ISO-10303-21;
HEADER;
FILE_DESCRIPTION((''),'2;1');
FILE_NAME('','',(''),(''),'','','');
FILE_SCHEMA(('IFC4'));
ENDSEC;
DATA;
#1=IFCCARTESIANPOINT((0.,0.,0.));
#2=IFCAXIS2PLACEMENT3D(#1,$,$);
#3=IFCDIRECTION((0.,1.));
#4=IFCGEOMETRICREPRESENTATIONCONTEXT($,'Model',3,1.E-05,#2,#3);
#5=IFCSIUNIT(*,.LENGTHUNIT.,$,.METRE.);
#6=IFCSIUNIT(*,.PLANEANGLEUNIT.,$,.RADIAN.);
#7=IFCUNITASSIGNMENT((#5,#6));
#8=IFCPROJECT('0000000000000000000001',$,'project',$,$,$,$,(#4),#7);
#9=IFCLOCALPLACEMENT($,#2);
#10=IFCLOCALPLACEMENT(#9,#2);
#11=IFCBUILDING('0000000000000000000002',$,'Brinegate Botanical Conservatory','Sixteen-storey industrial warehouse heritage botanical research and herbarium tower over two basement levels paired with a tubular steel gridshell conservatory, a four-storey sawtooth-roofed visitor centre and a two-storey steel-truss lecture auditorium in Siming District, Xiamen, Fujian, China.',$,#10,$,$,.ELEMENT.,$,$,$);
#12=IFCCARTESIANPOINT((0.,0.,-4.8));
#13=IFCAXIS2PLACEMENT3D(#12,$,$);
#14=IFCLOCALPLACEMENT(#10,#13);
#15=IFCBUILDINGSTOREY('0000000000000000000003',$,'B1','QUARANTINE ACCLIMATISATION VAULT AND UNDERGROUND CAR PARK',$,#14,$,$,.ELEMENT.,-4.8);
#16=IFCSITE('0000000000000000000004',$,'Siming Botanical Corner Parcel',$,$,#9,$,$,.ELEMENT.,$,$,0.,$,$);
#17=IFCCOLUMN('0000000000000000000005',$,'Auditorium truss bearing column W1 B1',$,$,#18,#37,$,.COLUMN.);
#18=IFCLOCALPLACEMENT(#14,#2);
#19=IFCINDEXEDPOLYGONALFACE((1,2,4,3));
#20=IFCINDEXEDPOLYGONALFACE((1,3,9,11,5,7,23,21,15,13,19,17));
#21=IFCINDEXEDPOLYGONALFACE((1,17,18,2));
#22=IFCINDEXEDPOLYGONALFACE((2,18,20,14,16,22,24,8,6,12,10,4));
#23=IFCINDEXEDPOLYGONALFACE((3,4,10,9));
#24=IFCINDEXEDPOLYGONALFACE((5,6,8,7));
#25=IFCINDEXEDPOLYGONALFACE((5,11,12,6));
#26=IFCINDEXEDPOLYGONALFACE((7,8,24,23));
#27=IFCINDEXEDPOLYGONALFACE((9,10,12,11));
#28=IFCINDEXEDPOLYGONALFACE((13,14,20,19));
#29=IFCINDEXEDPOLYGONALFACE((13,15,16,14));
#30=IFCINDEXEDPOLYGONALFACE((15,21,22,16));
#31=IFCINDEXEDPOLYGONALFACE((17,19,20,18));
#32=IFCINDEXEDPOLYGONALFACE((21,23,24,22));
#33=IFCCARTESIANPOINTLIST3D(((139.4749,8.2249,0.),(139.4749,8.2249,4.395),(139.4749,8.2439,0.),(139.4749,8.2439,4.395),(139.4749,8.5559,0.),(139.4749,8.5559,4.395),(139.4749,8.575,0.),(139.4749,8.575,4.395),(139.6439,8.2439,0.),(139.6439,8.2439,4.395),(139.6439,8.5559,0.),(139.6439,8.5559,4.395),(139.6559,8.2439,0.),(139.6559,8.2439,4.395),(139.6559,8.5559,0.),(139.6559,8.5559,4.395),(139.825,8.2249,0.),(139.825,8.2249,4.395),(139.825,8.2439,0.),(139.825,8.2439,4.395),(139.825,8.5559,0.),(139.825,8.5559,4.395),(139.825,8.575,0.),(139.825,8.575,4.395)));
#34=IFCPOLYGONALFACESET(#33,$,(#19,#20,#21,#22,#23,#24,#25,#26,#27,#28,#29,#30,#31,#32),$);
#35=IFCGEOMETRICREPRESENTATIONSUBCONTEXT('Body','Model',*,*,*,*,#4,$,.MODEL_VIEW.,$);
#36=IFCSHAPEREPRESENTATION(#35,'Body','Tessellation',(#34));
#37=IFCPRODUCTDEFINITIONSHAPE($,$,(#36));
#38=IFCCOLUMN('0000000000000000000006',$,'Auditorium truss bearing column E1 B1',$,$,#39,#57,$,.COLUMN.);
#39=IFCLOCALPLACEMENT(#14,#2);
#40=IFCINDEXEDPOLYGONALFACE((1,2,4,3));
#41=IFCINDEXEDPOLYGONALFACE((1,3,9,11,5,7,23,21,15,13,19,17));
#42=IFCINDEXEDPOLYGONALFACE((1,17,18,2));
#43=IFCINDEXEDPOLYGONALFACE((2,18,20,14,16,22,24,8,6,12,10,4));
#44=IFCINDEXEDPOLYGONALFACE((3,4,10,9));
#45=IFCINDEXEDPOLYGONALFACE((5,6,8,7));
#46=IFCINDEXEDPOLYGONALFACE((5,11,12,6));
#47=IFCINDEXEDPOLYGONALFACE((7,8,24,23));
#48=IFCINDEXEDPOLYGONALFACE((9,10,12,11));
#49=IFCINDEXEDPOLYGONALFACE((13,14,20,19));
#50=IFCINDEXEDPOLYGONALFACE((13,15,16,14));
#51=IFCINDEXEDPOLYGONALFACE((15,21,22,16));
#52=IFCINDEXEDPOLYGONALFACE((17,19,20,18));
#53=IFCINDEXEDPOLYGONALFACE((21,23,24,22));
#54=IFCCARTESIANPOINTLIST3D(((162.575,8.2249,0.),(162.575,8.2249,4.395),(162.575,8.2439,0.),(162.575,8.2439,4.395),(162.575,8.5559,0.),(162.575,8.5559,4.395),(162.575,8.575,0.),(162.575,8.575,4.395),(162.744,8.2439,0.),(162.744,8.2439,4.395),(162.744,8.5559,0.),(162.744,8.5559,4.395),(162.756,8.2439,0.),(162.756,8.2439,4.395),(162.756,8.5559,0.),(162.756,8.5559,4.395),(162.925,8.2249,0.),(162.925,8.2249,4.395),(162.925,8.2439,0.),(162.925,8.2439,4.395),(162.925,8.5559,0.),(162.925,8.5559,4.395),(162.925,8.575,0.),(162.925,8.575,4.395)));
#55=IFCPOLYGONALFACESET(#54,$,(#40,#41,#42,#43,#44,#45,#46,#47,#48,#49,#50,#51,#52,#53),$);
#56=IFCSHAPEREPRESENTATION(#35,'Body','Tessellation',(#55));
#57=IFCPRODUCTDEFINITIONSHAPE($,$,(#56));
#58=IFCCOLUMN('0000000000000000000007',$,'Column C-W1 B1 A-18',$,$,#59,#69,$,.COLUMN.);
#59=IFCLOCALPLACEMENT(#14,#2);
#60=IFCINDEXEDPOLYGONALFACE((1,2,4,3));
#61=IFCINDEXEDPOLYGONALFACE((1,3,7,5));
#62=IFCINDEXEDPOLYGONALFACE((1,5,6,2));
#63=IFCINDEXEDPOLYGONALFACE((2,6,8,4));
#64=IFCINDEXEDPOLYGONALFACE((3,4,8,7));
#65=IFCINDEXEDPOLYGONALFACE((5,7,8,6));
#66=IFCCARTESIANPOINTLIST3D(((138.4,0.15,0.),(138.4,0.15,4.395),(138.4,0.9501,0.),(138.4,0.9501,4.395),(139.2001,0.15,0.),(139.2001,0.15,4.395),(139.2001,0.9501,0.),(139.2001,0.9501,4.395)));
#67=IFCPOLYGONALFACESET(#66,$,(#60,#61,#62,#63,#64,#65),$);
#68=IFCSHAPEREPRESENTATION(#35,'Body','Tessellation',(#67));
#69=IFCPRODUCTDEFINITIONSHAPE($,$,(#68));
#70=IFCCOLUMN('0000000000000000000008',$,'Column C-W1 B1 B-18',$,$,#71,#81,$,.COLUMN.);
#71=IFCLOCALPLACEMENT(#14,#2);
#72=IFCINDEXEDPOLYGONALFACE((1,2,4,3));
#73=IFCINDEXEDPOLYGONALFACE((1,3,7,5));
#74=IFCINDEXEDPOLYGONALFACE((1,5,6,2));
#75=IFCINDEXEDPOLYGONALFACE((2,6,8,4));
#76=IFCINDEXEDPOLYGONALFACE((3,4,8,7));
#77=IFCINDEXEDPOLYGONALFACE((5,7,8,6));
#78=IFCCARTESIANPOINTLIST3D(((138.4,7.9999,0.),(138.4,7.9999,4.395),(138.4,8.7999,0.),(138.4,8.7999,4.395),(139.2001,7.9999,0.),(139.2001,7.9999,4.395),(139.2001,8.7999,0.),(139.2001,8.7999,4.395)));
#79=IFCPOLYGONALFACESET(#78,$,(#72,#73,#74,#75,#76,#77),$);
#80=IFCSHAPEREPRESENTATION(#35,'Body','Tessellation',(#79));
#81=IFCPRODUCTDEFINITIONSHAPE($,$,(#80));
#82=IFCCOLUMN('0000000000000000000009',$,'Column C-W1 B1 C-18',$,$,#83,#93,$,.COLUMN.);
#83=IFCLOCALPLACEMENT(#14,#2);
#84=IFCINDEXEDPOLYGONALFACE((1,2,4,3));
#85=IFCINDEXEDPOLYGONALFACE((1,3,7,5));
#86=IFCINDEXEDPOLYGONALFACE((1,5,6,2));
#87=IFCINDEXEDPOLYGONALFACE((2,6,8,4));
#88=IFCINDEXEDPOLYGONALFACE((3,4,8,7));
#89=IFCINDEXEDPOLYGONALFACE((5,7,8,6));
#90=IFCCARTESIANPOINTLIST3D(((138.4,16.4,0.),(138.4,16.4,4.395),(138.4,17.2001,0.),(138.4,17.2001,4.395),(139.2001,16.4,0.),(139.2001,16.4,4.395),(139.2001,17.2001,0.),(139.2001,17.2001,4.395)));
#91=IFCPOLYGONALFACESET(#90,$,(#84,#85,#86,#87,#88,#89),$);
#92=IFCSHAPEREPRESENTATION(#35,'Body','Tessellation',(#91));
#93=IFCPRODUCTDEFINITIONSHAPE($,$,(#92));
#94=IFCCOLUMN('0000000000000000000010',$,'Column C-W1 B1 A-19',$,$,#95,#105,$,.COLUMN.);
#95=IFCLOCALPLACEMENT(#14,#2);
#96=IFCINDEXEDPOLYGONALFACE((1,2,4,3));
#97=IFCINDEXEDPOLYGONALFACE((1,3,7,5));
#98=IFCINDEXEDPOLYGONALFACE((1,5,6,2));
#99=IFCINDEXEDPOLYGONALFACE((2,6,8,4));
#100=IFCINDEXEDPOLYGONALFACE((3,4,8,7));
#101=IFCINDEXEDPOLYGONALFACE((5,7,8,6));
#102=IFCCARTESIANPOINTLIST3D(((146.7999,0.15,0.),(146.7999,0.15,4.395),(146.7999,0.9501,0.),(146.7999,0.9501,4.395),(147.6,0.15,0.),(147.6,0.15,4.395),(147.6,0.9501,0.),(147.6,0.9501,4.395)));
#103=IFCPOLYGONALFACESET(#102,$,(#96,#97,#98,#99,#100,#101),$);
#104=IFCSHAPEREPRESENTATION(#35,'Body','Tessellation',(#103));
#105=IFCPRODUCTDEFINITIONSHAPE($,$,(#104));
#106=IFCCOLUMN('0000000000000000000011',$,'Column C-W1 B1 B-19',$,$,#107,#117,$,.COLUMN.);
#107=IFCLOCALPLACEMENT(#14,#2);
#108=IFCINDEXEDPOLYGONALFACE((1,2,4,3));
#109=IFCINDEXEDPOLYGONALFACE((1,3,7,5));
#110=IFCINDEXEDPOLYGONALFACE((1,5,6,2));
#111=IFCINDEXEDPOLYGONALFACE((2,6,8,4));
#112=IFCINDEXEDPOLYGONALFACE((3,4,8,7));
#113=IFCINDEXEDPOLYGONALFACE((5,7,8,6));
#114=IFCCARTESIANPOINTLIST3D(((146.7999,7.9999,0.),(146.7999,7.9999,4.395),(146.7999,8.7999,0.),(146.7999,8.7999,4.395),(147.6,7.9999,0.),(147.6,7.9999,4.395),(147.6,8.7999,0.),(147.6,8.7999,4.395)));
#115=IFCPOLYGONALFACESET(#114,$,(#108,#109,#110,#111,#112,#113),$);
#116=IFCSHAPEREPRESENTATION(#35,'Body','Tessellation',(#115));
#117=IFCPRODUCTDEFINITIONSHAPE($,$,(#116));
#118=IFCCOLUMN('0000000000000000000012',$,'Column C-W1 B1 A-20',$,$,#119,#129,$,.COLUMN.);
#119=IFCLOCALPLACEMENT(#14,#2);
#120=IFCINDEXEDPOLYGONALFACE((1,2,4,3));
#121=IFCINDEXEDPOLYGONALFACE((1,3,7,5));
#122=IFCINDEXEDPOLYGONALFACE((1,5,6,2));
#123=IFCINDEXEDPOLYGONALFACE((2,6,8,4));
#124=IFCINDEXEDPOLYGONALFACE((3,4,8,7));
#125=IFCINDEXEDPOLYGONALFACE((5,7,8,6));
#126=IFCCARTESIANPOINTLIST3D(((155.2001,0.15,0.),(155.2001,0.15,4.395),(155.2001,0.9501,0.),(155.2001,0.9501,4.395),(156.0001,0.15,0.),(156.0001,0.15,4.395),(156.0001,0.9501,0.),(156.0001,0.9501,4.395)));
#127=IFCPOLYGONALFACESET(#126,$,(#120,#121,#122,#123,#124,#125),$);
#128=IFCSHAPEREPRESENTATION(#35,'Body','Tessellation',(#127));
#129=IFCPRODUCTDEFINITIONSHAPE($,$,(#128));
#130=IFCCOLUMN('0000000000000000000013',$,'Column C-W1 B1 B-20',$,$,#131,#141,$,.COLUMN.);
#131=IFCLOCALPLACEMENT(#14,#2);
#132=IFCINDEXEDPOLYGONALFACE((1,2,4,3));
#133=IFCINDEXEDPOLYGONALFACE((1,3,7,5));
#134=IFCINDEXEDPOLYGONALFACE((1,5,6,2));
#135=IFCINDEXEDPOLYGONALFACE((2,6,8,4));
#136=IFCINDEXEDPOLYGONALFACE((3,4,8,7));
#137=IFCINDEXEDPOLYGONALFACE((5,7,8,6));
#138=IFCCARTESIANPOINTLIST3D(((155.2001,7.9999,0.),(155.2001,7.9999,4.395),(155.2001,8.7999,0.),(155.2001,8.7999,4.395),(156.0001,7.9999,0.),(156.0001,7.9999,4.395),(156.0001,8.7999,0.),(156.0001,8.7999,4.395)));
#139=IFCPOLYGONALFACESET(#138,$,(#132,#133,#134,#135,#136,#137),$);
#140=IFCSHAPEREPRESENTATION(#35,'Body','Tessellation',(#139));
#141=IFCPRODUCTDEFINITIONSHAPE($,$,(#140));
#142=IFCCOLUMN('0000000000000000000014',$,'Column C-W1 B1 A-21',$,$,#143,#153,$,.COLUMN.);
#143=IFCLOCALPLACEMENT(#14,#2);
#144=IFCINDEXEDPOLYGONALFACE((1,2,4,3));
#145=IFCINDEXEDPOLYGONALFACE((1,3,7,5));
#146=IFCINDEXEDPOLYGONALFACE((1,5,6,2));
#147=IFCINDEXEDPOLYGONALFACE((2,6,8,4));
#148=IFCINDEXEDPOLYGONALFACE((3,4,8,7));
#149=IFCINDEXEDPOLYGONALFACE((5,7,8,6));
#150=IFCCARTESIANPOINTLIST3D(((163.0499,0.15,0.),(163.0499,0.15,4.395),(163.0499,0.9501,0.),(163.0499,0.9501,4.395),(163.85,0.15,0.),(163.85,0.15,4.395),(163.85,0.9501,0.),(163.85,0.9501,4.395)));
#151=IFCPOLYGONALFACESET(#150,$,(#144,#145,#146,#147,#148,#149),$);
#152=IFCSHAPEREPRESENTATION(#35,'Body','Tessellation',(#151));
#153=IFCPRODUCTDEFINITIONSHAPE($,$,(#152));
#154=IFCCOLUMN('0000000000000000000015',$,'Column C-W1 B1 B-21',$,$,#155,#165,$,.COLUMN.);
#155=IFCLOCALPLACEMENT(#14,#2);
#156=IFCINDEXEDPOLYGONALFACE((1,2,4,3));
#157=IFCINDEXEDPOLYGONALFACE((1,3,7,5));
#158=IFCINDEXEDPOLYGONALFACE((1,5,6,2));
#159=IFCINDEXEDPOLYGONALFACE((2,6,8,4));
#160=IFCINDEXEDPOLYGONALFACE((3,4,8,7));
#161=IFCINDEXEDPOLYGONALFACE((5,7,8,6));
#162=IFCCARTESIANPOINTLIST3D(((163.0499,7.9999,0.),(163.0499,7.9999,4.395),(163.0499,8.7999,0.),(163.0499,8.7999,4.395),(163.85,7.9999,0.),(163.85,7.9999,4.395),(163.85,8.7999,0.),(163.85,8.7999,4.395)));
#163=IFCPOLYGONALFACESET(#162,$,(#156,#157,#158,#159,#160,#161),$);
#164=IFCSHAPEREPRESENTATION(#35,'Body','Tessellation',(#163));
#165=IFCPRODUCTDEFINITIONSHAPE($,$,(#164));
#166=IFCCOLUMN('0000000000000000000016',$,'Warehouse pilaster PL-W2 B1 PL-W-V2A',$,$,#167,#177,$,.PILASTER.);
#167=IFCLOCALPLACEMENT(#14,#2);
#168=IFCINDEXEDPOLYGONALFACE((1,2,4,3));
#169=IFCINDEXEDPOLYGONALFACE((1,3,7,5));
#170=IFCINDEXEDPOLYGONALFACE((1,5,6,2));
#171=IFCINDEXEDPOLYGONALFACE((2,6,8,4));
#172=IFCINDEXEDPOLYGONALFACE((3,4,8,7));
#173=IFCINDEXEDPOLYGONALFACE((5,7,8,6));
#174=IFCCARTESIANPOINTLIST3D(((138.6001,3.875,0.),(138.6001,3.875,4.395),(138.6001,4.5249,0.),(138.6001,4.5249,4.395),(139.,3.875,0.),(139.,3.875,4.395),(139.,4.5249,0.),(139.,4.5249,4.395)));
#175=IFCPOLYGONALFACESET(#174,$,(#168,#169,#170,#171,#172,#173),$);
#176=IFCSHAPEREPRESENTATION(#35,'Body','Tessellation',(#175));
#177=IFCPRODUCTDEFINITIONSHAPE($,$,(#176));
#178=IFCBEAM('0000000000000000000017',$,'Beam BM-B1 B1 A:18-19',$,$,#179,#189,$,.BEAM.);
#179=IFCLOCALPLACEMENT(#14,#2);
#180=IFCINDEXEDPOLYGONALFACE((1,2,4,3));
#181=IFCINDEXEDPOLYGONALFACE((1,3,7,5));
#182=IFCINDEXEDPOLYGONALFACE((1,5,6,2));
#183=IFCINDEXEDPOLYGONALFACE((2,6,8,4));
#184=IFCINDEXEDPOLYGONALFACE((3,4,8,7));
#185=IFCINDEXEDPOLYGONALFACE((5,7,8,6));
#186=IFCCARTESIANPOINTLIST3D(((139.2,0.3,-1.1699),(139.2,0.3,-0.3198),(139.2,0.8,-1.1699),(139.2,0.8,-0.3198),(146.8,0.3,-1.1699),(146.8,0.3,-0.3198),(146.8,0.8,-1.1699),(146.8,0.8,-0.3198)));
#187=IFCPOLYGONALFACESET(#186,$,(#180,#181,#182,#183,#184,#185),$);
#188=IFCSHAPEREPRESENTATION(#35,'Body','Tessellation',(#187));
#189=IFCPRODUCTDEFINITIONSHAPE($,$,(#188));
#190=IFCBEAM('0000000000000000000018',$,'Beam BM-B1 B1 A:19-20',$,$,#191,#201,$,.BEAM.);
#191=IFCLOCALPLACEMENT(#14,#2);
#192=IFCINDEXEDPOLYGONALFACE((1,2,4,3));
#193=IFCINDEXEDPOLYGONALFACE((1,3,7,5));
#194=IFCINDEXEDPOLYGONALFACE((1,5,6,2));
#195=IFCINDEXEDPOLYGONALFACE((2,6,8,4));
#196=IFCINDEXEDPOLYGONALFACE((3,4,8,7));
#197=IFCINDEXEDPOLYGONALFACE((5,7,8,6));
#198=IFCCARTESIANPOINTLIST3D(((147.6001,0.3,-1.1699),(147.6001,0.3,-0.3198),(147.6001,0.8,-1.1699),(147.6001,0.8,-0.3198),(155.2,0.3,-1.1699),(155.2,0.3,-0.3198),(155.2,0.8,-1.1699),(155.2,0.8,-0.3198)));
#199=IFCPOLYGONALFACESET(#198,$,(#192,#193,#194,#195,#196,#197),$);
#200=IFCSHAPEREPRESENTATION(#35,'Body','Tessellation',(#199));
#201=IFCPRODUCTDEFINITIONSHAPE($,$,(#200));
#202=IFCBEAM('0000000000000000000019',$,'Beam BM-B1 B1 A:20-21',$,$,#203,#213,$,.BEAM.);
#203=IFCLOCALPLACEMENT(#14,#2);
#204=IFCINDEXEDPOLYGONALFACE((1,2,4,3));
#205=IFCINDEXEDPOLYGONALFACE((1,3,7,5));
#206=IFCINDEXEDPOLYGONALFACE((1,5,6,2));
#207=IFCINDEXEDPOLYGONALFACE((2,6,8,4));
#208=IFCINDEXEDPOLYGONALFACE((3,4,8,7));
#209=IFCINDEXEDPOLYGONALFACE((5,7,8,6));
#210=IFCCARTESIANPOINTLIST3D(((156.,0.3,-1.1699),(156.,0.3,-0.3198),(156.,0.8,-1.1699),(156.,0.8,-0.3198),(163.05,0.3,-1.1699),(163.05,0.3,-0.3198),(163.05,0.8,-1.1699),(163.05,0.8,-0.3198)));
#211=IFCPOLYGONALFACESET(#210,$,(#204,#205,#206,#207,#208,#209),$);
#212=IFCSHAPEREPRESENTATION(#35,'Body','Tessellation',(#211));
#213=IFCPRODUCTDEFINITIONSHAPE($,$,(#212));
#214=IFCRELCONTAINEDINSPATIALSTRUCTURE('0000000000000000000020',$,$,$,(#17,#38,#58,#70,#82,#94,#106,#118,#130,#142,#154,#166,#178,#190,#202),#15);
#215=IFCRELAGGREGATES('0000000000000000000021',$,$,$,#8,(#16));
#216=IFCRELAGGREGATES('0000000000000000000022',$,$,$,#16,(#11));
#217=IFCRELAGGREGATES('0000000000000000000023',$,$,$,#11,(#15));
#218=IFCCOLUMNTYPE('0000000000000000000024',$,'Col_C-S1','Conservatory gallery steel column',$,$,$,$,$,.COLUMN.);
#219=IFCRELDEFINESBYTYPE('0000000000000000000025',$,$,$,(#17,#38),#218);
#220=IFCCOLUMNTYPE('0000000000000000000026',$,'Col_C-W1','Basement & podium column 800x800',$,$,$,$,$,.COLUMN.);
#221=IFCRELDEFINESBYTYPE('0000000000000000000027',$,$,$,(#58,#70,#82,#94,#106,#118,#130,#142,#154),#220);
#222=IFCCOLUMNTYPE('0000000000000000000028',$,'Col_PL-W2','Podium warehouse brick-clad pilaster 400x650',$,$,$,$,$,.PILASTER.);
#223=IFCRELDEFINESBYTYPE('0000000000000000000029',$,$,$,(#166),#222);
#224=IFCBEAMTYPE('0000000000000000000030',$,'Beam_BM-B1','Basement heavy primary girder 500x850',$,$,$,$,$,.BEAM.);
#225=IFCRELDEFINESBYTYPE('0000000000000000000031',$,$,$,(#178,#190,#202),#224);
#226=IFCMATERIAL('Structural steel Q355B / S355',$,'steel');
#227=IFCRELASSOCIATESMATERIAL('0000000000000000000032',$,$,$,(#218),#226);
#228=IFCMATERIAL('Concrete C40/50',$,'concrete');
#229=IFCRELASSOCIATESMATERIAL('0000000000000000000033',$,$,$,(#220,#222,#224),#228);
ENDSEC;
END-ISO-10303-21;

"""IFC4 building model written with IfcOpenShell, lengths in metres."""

from ifc_helpers import new_model, si_unit, direction, frame, origin, origin_2d, place, context, subcontext, project, spatial, rectangle, i_section, extrude, material, material_profile, profile_set, type_object, element, save


model = new_model("IFC4")

# Units and contexts
model_context = context("Model", 3, precision=1e-05, world=origin(), true_north=direction((0.0, 1.0)))
body_context = subcontext(model_context, "Body", "Model", "MODEL_VIEW")
ifc_project = project(units=[si_unit("LENGTHUNIT", "METRE"), si_unit("PLANEANGLEUNIT", "RADIAN")], contexts=[model_context])

# Site, building, storey
site_placement = place(None, origin())
site = spatial("IfcSite", under=ifc_project, at=site_placement, Name="Siming Botanical Corner Parcel", CompositionType="ELEMENT", RefElevation=0.0)
building_placement = place(site_placement, origin())
building = spatial("IfcBuilding", under=site, at=building_placement, Name="Brinegate Botanical Conservatory", Description="Sixteen-storey industrial warehouse heritage botanical research and herbarium tower over two basement levels paired with a tubular steel gridshell conservatory, a four-storey sawtooth-roofed visitor centre and a two-storey steel-truss lecture auditorium in Siming District, Xiamen, Fujian, China.", CompositionType="ELEMENT")
storey_placement = place(building_placement, frame((0.0, 0.0, -4.8)))
storey = spatial("IfcBuildingStorey", under=building, at=storey_placement, Name="B1", Description="QUARANTINE ACCLIMATISATION VAULT AND UNDERGROUND CAR PARK", CompositionType="ELEMENT", Elevation=-4.8)

# Columns
ifc_material_1 = material(Name="Structural steel Q355B / S355", Category="steel")
ifc_material_profile_1 = material_profile(ifc_material_1, i_section(OverallWidth=0.3501, OverallDepth=0.3501, WebThickness=0.012, FlangeThickness=0.019, at=origin_2d()), Name="HW 350x350x12x19")
ifc_profile_set_1 = profile_set([ifc_material_profile_1], Name="Structural steel Q355B / S355")
column_type_1 = type_object("IfcColumnType", Name="Col_C-S1", Description="Conservatory gallery steel column", PredefinedType="COLUMN", material=ifc_profile_set_1)
for number, where, z_axis, x_axis, name in (
    (1, (139.6499, 8.3999, 0.0), (0.0, 0.0, 1.0), (1.0, 0.0, 0.0), "Auditorium truss bearing column W1 B1"),
    (2, (162.75, 8.3999, 0.0), (0.0, 0.0, 1.0), (1.0, 0.0, 0.0), "Auditorium truss bearing column E1 B1"),
):
    element("IfcColumn", number, at=place(storey_placement, frame(where, z_axis=z_axis, x_axis=x_axis)), inside=storey, type_object=column_type_1, Name=name, PredefinedType="COLUMN", context=body_context, shape_type="SweptSolid", body=[
        extrude(i_section(OverallWidth=0.3501, OverallDepth=0.3501, WebThickness=0.012, FlangeThickness=0.019, at=origin_2d()), origin(), (0.0, 0.0, 1.0), 4.395),
    ])
ifc_material_2 = material(Name="Concrete C40/50", Category="concrete")
ifc_material_profile_2 = material_profile(ifc_material_2, rectangle(XDim=0.8, YDim=0.8, at=origin_2d()), Name="RC COL 800x800")
ifc_profile_set_2 = profile_set([ifc_material_profile_2], Name="Concrete C40/50")
column_type_2 = type_object("IfcColumnType", Name="Col_C-W1", Description="Basement & podium column 800x800", PredefinedType="COLUMN", material=ifc_profile_set_2)
for number, where, z_axis, x_axis, name in (
    (3, (138.8, 0.55, 0.0), (0.0, 0.0, 1.0), (1.0, 0.0, 0.0), "Column C-W1 B1 A-18"),
    (4, (138.8, 8.3999, 0.0), (0.0, 0.0, 1.0), (1.0, 0.0, 0.0), "Column C-W1 B1 B-18"),
    (5, (138.8, 16.8, 0.0), (0.0, 0.0, 1.0), (1.0, 0.0, 0.0), "Column C-W1 B1 C-18"),
    (6, (147.2, 0.55, 0.0), (0.0, 0.0, 1.0), (1.0, 0.0, 0.0), "Column C-W1 B1 A-19"),
    (7, (147.2, 8.3999, 0.0), (0.0, 0.0, 1.0), (1.0, 0.0, 0.0), "Column C-W1 B1 B-19"),
    (8, (155.6001, 0.55, 0.0), (0.0, 0.0, 1.0), (1.0, 0.0, 0.0), "Column C-W1 B1 A-20"),
    (9, (155.6001, 8.3999, 0.0), (0.0, 0.0, 1.0), (1.0, 0.0, 0.0), "Column C-W1 B1 B-20"),
    (10, (163.45, 0.55, 0.0), (0.0, 0.0, 1.0), (1.0, 0.0, 0.0), "Column C-W1 B1 A-21"),
    (11, (163.45, 8.3999, 0.0), (0.0, 0.0, 1.0), (1.0, 0.0, 0.0), "Column C-W1 B1 B-21"),
):
    element("IfcColumn", number, at=place(storey_placement, frame(where, z_axis=z_axis, x_axis=x_axis)), inside=storey, type_object=column_type_2, Name=name, PredefinedType="COLUMN", context=body_context, shape_type="SweptSolid", body=[
        extrude(rectangle(XDim=0.8, YDim=0.8, at=origin_2d()), origin(), (0.0, 0.0, 1.0), 4.395),
    ])
ifc_material_profile_3 = material_profile(ifc_material_2, rectangle(XDim=0.3999, YDim=0.6499, at=origin_2d()), Name="RC PILASTER 400x650")
ifc_profile_set_3 = profile_set([ifc_material_profile_3], Name="Concrete C40/50")
column_type_3 = type_object("IfcColumnType", Name="Col_PL-W2", Description="Podium warehouse brick-clad pilaster 400x650", PredefinedType="PILASTER", material=ifc_profile_set_3)
column_placement = place(storey_placement, frame((138.8, 4.2, 0.0), z_axis=(0.0, 0.0, 1.0), x_axis=(1.0, 0.0, 0.0)))
element("IfcColumn", 12, at=column_placement, inside=storey, type_object=column_type_3, Name="Warehouse pilaster PL-W2 B1 PL-W-V2A", PredefinedType="PILASTER", context=body_context, shape_type="SweptSolid", body=[
    extrude(rectangle(XDim=0.3999, YDim=0.6499, at=origin_2d()), origin(), (0.0, 0.0, 1.0), 4.395),
])

# Beams
ifc_material_profile_4 = material_profile(ifc_material_2, rectangle(XDim=0.5, YDim=0.8501, at=origin_2d()), Name="RC BM 500x850")
ifc_profile_set_4 = profile_set([ifc_material_profile_4], Name="Concrete C40/50")
beam_type_1 = type_object("IfcBeamType", Name="Beam_BM-B1", Description="Basement heavy primary girder 500x850", PredefinedType="BEAM", material=ifc_profile_set_4)
beam_1_placement = place(storey_placement, frame((139.2, 0.55, -0.7449), z_axis=(1.0, 0.0, 0.0), x_axis=(0.0, 1.0, 0.0)))
element("IfcBeam", 13, at=beam_1_placement, inside=storey, type_object=beam_type_1, Name="Beam BM-B1 B1 A:18-19", PredefinedType="BEAM", context=body_context, shape_type="SweptSolid", body=[
    extrude(rectangle(XDim=0.5, YDim=0.8501, at=origin_2d()), origin(), (0.0, 0.0, 1.0), 7.6001),
])
beam_2_placement = place(storey_placement, frame((147.6001, 0.55, -0.7449), z_axis=(1.0, 0.0, 0.0), x_axis=(0.0, 1.0, 0.0)))
element("IfcBeam", 14, at=beam_2_placement, inside=storey, type_object=beam_type_1, Name="Beam BM-B1 B1 A:19-20", PredefinedType="BEAM", context=body_context, shape_type="SweptSolid", body=[
    extrude(rectangle(XDim=0.5, YDim=0.8501, at=origin_2d()), origin(), (0.0, 0.0, 1.0), 7.5999),
])
beam_3_placement = place(storey_placement, frame((156.0, 0.55, -0.7449), z_axis=(1.0, 0.0, 0.0), x_axis=(0.0, 1.0, 0.0)))
element("IfcBeam", 15, at=beam_3_placement, inside=storey, type_object=beam_type_1, Name="Beam BM-B1 B1 A:20-21", PredefinedType="BEAM", context=body_context, shape_type="SweptSolid", body=[
    extrude(rectangle(XDim=0.5, YDim=0.8501, at=origin_2d()), origin(), (0.0, 0.0, 1.0), 7.05),
])

save(model, "model.ifc")
